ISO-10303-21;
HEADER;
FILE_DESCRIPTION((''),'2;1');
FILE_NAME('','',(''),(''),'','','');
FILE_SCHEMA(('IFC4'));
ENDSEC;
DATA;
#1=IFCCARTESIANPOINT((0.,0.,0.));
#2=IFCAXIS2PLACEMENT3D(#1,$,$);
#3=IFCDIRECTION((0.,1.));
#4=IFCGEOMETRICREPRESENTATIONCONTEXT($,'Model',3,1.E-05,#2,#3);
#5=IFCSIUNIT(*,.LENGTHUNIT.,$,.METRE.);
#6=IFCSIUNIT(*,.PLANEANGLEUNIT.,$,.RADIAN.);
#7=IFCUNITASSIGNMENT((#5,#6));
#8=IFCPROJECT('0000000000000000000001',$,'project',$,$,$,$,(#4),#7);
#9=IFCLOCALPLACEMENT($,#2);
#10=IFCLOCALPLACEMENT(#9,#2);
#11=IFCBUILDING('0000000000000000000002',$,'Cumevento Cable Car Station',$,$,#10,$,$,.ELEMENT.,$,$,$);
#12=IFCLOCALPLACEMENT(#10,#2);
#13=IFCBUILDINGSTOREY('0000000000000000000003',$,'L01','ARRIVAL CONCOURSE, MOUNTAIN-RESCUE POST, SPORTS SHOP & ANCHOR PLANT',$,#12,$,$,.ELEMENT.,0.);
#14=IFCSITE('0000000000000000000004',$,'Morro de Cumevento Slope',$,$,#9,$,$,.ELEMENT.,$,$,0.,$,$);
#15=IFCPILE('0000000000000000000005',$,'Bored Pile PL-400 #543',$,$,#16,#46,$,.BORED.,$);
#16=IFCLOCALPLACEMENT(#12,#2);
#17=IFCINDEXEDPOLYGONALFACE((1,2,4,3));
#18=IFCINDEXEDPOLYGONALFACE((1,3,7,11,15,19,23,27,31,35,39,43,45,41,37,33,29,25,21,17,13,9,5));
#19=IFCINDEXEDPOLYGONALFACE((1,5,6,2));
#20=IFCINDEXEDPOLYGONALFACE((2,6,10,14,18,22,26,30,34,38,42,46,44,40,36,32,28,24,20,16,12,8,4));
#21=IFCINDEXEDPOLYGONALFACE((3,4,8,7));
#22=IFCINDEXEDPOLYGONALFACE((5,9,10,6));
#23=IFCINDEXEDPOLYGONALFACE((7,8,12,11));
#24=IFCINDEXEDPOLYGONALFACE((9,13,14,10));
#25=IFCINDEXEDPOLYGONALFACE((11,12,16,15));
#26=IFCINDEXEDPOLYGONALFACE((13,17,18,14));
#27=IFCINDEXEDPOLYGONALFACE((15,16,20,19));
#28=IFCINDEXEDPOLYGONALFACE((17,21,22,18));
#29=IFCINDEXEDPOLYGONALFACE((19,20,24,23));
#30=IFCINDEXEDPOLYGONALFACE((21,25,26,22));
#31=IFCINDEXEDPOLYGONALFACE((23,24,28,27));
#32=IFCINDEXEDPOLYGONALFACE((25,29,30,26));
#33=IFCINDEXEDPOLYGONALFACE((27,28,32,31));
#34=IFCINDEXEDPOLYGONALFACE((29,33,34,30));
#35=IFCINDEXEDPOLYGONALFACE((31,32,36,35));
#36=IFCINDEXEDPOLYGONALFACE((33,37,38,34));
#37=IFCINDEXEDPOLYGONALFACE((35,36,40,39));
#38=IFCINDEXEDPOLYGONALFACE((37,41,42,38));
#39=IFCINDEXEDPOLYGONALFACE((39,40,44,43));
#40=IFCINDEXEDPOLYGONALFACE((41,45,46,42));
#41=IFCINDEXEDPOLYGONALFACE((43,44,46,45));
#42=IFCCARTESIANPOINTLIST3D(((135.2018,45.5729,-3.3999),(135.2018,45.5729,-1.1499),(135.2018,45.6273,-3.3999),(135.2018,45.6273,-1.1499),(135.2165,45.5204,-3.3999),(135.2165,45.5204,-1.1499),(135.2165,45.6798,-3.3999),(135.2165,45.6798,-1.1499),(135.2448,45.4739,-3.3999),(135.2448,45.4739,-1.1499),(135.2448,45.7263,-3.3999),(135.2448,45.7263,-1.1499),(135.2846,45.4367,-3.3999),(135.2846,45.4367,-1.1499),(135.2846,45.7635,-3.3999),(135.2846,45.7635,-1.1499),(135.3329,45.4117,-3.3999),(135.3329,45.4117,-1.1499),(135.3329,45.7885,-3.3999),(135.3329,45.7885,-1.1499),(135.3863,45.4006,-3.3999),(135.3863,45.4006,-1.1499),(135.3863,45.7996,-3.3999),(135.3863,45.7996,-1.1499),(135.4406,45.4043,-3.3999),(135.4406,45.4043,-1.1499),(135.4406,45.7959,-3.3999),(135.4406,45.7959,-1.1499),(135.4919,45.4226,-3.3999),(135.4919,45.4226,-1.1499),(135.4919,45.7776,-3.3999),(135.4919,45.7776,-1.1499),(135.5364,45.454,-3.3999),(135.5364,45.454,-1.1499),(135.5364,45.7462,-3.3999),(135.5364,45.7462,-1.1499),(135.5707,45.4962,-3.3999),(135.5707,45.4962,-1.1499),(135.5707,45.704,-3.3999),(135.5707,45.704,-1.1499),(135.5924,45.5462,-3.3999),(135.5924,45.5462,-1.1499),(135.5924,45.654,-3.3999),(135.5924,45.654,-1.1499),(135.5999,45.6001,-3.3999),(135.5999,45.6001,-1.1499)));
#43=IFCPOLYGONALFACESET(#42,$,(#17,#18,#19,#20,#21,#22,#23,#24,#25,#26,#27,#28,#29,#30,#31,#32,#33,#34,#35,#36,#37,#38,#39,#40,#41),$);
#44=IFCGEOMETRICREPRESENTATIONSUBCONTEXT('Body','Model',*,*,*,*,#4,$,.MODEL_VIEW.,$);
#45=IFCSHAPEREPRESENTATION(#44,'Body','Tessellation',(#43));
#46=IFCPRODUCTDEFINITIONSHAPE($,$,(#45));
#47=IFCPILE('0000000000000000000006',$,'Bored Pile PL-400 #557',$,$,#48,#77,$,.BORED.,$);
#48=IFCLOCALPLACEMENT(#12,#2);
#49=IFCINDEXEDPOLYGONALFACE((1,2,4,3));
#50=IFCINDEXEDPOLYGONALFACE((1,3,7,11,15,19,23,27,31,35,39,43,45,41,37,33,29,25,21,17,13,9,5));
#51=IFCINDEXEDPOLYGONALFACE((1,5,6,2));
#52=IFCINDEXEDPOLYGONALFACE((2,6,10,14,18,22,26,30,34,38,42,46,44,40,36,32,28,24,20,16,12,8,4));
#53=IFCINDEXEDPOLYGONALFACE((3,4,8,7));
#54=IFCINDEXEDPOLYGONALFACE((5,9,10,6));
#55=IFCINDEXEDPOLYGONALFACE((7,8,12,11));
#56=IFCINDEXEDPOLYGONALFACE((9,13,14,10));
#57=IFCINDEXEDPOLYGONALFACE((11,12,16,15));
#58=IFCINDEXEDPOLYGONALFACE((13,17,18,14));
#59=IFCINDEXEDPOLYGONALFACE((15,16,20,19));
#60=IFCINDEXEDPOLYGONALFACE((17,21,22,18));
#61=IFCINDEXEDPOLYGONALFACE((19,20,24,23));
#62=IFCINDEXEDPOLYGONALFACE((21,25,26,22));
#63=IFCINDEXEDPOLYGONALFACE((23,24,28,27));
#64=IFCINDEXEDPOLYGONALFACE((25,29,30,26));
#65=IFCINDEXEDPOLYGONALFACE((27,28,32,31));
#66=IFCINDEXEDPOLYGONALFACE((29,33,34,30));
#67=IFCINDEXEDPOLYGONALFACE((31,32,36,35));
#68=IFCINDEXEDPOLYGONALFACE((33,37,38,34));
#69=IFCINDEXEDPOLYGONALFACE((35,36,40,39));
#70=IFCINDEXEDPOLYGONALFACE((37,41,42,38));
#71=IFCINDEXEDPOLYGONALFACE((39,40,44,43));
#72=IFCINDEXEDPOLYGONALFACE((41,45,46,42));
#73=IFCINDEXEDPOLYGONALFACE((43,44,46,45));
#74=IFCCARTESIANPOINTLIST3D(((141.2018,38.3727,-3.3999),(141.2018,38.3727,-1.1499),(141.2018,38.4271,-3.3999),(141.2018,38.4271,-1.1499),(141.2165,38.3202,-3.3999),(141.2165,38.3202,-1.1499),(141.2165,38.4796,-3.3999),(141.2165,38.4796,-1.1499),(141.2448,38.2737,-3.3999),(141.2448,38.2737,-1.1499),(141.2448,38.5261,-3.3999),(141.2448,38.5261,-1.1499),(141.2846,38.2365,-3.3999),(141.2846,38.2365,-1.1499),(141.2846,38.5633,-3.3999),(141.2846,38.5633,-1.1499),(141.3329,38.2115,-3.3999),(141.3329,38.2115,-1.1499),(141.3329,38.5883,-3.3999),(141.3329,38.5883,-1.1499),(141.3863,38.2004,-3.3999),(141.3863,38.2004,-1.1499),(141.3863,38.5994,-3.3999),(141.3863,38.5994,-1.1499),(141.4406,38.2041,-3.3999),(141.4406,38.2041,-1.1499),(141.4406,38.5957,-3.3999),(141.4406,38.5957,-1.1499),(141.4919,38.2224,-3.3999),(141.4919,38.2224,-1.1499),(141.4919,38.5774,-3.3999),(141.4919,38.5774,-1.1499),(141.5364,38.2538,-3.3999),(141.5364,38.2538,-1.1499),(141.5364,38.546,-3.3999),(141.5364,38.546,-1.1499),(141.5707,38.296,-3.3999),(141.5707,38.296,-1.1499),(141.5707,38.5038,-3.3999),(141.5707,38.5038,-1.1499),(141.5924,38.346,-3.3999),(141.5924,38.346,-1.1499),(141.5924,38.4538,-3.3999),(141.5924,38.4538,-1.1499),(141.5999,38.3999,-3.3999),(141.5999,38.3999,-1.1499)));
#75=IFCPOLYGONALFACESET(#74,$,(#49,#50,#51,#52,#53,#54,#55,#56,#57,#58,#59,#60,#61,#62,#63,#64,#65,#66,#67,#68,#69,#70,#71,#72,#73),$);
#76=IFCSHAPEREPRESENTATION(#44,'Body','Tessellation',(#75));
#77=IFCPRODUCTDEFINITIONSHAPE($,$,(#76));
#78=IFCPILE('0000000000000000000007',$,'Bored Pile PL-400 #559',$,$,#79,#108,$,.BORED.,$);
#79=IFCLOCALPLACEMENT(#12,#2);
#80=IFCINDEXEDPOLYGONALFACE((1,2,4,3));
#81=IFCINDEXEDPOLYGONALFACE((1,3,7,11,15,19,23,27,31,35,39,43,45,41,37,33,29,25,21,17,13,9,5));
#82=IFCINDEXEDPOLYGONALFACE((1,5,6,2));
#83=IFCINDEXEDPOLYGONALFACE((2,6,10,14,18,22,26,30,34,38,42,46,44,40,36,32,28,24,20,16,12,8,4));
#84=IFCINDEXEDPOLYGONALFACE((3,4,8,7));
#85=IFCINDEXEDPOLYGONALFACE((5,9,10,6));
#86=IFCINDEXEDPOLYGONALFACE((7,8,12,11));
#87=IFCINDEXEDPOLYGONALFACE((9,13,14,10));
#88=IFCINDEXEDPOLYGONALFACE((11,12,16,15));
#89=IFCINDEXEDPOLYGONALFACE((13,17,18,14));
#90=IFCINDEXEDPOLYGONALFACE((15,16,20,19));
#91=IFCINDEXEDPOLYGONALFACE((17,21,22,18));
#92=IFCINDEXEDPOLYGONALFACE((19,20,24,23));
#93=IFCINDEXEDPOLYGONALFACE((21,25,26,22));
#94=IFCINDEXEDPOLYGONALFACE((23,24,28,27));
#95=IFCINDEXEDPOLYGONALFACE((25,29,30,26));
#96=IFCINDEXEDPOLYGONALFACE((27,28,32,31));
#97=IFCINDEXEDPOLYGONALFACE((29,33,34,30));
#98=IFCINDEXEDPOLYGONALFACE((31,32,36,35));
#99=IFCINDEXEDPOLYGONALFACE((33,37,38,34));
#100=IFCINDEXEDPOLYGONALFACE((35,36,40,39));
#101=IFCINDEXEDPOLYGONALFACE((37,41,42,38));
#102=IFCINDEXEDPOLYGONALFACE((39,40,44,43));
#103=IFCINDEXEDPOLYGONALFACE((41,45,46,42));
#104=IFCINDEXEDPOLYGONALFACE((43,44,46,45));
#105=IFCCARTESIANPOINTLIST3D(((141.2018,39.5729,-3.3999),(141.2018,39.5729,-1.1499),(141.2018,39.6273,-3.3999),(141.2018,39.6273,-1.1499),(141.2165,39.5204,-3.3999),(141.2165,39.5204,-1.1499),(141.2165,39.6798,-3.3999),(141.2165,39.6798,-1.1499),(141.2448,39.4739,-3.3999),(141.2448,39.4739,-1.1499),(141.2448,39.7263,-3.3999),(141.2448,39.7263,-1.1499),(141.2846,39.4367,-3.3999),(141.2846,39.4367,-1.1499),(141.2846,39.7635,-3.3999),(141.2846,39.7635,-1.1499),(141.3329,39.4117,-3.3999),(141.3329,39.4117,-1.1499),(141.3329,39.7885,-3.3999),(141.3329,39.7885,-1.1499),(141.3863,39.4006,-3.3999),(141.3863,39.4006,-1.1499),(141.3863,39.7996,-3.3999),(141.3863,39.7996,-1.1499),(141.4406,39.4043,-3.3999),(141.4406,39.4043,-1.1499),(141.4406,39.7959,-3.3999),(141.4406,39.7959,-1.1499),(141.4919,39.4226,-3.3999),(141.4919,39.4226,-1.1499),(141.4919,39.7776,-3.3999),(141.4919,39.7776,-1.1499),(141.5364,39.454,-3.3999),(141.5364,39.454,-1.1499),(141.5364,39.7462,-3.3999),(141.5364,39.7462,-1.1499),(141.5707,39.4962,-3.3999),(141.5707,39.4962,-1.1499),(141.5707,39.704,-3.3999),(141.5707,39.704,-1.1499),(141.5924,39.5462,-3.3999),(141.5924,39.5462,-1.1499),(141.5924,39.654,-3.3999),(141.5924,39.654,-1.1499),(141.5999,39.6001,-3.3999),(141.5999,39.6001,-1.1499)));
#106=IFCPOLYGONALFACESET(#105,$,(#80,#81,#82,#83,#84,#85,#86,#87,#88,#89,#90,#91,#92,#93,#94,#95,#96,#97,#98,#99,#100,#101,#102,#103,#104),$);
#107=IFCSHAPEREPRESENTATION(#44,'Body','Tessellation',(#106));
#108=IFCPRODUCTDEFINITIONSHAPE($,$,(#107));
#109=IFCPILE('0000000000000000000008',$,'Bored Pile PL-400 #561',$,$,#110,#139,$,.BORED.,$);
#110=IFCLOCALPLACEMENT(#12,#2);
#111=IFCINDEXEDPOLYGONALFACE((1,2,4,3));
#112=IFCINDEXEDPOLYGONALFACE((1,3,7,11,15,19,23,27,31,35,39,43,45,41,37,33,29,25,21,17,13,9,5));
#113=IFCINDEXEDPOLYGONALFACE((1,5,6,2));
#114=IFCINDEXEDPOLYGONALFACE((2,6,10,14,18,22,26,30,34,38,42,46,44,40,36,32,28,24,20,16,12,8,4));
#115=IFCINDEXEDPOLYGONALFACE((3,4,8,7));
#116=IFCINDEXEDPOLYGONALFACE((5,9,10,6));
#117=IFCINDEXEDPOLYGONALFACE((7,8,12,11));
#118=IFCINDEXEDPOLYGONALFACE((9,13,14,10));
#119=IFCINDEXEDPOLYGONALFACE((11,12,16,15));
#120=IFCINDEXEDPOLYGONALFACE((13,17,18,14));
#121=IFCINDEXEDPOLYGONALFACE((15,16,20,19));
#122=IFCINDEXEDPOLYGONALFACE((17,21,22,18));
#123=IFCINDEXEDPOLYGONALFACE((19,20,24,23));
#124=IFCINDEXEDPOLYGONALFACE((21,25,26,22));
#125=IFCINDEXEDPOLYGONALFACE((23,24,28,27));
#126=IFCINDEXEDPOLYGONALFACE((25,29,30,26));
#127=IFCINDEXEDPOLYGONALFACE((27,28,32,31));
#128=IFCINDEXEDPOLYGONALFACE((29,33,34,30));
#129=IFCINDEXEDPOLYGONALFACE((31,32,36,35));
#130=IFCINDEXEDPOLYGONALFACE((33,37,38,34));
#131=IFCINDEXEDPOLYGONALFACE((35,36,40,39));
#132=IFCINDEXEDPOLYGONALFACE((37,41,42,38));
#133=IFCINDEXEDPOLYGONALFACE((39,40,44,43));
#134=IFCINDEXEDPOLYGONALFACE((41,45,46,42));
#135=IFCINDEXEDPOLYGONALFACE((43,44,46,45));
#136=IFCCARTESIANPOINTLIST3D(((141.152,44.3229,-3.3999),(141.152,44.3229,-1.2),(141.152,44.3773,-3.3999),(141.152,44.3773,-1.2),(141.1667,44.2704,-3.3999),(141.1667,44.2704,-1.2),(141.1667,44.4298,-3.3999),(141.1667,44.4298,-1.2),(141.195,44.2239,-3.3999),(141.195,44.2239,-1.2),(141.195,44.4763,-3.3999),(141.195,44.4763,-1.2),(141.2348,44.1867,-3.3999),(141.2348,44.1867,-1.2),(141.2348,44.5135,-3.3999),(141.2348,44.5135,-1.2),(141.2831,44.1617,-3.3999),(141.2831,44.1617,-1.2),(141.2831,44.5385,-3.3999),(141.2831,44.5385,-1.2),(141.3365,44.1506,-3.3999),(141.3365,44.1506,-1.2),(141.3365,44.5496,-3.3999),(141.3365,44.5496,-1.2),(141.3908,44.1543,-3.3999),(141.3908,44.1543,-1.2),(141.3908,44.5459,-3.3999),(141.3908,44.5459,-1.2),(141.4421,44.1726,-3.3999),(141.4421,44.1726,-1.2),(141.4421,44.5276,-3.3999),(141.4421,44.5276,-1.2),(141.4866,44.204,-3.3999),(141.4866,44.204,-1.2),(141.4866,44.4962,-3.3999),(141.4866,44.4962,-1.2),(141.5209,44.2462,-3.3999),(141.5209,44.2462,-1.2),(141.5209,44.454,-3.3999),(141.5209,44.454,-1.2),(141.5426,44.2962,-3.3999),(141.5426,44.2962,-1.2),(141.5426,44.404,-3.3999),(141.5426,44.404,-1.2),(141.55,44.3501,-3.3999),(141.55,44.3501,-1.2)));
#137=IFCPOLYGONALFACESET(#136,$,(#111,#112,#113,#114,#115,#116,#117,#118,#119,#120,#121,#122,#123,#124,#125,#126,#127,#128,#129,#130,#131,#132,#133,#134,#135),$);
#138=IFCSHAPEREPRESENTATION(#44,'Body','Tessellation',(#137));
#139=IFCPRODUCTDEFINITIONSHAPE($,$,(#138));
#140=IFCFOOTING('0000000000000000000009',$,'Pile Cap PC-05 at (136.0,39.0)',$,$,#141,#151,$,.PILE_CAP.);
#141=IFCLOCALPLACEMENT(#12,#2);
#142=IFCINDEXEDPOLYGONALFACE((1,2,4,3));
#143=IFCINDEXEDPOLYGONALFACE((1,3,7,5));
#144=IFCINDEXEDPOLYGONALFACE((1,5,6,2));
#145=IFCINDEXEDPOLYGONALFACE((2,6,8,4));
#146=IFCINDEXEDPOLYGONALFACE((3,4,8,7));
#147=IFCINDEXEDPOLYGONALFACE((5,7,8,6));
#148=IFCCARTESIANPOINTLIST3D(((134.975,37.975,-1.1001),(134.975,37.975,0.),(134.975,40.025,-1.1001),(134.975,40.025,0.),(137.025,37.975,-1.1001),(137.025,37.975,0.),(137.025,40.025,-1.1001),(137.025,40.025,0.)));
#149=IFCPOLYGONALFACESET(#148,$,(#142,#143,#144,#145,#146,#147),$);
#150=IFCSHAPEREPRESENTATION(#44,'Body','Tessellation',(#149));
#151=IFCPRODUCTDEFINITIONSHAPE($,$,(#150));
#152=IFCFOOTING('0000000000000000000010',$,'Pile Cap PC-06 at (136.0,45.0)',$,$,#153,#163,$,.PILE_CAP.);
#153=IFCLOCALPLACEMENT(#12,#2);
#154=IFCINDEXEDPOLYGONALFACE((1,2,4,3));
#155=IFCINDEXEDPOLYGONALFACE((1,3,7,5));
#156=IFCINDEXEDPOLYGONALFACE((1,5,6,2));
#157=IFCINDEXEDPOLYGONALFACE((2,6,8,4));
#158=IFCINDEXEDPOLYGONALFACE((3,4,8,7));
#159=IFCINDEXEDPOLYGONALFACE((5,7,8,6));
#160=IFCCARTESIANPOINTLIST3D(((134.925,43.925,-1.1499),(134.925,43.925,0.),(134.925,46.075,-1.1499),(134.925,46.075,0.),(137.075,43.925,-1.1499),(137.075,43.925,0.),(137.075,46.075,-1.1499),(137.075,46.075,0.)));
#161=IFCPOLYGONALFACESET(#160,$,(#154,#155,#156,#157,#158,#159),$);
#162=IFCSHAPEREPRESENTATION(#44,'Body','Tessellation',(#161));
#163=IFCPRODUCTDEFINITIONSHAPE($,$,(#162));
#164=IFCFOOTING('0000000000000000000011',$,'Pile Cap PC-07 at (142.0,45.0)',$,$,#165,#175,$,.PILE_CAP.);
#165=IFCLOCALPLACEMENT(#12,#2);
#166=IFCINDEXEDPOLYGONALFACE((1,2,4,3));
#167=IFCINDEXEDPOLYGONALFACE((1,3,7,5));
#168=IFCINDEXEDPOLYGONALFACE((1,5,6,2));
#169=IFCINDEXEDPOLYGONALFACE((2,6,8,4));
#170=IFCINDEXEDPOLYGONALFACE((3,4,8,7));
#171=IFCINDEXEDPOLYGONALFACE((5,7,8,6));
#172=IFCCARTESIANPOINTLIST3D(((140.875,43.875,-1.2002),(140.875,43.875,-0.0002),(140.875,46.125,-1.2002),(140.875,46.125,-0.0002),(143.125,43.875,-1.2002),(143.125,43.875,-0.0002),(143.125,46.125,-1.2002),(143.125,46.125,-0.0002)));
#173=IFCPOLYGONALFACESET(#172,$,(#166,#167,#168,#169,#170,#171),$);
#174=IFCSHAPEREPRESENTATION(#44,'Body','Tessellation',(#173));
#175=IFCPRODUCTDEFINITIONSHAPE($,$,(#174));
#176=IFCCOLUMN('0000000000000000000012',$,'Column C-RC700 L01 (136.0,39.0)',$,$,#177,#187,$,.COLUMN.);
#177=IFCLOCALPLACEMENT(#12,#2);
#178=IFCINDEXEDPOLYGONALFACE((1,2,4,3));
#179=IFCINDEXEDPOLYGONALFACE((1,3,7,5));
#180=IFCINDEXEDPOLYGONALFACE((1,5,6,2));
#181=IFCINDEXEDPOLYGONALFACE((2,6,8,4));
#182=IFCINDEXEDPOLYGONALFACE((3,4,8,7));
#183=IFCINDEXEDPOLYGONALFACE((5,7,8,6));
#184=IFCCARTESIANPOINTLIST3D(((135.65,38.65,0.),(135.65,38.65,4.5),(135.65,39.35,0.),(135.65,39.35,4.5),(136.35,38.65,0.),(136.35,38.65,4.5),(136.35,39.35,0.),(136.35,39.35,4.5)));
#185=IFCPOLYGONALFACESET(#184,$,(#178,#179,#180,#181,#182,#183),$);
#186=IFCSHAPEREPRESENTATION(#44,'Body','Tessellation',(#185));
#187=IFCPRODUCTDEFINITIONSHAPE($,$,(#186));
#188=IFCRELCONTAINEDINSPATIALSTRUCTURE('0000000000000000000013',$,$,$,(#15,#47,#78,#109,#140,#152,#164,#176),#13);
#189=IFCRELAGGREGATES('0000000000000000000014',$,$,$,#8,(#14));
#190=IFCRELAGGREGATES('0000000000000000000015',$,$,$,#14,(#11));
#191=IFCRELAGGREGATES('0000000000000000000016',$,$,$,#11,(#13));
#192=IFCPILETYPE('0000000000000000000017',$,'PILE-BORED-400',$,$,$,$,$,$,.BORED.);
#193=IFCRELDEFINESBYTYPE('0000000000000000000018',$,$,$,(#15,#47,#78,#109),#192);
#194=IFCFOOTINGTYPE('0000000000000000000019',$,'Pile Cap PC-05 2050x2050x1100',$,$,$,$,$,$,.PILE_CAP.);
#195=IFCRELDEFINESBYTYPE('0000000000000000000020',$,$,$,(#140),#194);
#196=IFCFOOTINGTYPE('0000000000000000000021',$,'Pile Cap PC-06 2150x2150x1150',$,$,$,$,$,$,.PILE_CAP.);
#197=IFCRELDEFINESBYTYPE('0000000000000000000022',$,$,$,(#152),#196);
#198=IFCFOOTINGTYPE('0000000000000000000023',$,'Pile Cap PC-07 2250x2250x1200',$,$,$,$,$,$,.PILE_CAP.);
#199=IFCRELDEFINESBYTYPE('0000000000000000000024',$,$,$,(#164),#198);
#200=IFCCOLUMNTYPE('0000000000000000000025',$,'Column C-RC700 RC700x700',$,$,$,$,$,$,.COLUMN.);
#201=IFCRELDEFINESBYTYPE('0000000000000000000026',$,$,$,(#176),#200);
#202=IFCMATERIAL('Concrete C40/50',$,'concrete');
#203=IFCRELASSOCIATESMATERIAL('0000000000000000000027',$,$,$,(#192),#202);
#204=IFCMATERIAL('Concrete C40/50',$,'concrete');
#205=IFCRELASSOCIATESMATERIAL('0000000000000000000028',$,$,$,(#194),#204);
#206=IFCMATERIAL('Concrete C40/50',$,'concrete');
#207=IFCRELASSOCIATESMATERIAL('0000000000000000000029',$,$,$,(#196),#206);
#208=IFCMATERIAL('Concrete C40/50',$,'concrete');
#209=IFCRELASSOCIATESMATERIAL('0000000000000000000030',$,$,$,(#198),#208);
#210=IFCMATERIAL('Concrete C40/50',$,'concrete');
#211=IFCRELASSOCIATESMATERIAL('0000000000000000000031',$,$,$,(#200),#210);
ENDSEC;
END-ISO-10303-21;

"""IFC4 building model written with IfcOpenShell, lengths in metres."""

from ifc_helpers import new_model, si_unit, direction, frame, origin, origin_2d, place, context, subcontext, project, spatial, rectangle, circle, extrude, material, material_profile, profile_set, type_object, element, save


model = new_model("IFC4")

# Units and contexts
model_context = context("Model", 3, precision=1e-05, world=origin(), true_north=direction((0.0, 1.0)))
body_context = subcontext(model_context, "Body", "Model", "MODEL_VIEW")
ifc_project = project(units=[si_unit("LENGTHUNIT", "METRE"), si_unit("PLANEANGLEUNIT", "RADIAN")], contexts=[model_context])

# Site, building, storey
site_placement = place(None, origin())
site = spatial("IfcSite", under=ifc_project, at=site_placement, Name="Morro de Cumevento Slope", CompositionType="ELEMENT", RefElevation=0.0)
building_placement = place(site_placement, origin())
building = spatial("IfcBuilding", under=site, at=building_placement, Name="Cumevento Cable Car Station", CompositionType="ELEMENT")
storey_placement = place(building_placement, origin())
storey = spatial("IfcBuildingStorey", under=building, at=storey_placement, Name="L01", Description="ARRIVAL CONCOURSE, MOUNTAIN-RESCUE POST, SPORTS SHOP & ANCHOR PLANT", CompositionType="ELEMENT", Elevation=0.0)

# Piles
ifc_material_1 = material(Name="Concrete C40/50", Category="concrete")
ifc_material_profile_1 = material_profile(ifc_material_1, circle(Radius=0.2, at=origin_2d()), Name="PILE-D400")
ifc_profile_set_1 = profile_set([ifc_material_profile_1], Name="Concrete C40/50")
pile_type = type_object("IfcPileType", Name="PILE-BORED-400", PredefinedType="BORED", material=ifc_profile_set_1)
for number, where, z_axis, x_axis, name in (
    (1, (135.3999, 45.6001, -1.1499), (0.0, 0.0, -1.0), (1.0, 0.0, 0.0), "Bored Pile PL-400 #543"),
    (2, (141.3999, 38.3999, -1.1499), (0.0, 0.0, -1.0), (1.0, 0.0, 0.0), "Bored Pile PL-400 #557"),
    (3, (141.3999, 39.6001, -1.1499), (0.0, 0.0, -1.0), (1.0, 0.0, 0.0), "Bored Pile PL-400 #559"),
):
    element("IfcPile", number, at=place(storey_placement, frame(where, z_axis=z_axis, x_axis=x_axis)), inside=storey, type_object=pile_type, Name=name, PredefinedType="BORED", context=body_context, shape_type="SweptSolid", body=[
        extrude(circle(Radius=0.2, at=origin_2d()), origin(), (0.0, 0.0, 1.0), 2.25),
    ])
pile_placement = place(storey_placement, frame((141.3501, 44.3501, -1.2), z_axis=(0.0, 0.0, -1.0), x_axis=(1.0, 0.0, 0.0)))
element("IfcPile", 4, at=pile_placement, inside=storey, type_object=pile_type, Name="Bored Pile PL-400 #561", PredefinedType="BORED", context=body_context, shape_type="SweptSolid", body=[
    extrude(circle(Radius=0.2, at=origin_2d()), origin(), (0.0, 0.0, 1.0), 2.2),
])

# Footings
ifc_material_2 = material(Name="Concrete C40/50", Category="concrete")
footing_type_1 = type_object("IfcFootingType", Name="Pile Cap PC-05 2050x2050x1100", PredefinedType="PILE_CAP", material=ifc_material_2)
footing_1_placement = place(storey_placement, frame((136.0, 39.0, -1.1001), z_axis=(0.0, 0.0, 1.0), x_axis=(1.0, 0.0, 0.0)))
element("IfcFooting", 5, at=footing_1_placement, inside=storey, type_object=footing_type_1, Name="Pile Cap PC-05 at (136.0,39.0)", PredefinedType="PILE_CAP", context=body_context, shape_type="SweptSolid", body=[
    extrude(rectangle(XDim=2.05, YDim=2.05, at=origin_2d()), origin(), (0.0, 0.0, 1.0), 1.1001),
])
ifc_material_3 = material(Name="Concrete C40/50", Category="concrete")
footing_type_2 = type_object("IfcFootingType", Name="Pile Cap PC-06 2150x2150x1150", PredefinedType="PILE_CAP", material=ifc_material_3)
footing_2_placement = place(storey_placement, frame((136.0, 45.0, -1.1499), z_axis=(0.0, 0.0, 1.0), x_axis=(1.0, 0.0, 0.0)))
element("IfcFooting", 6, at=footing_2_placement, inside=storey, type_object=footing_type_2, Name="Pile Cap PC-06 at (136.0,45.0)", PredefinedType="PILE_CAP", context=body_context, shape_type="SweptSolid", body=[
    extrude(rectangle(XDim=2.1499, YDim=2.1499, at=origin_2d()), origin(), (0.0, 0.0, 1.0), 1.1499),
])
ifc_material_4 = material(Name="Concrete C40/50", Category="concrete")
footing_type_3 = type_object("IfcFootingType", Name="Pile Cap PC-07 2250x2250x1200", PredefinedType="PILE_CAP", material=ifc_material_4)
footing_3_placement = place(storey_placement, frame((142.0, 45.0, -1.2002), z_axis=(0.0, 0.0, 1.0), x_axis=(1.0, 0.0, 0.0)))
element("IfcFooting", 7, at=footing_3_placement, inside=storey, type_object=footing_type_3, Name="Pile Cap PC-07 at (142.0,45.0)", PredefinedType="PILE_CAP", context=body_context, shape_type="SweptSolid", body=[
    extrude(rectangle(XDim=2.25, YDim=2.25, at=origin_2d()), origin(), (0.0, 0.0, 1.0), 1.2),
])

# Column
ifc_material_5 = material(Name="Concrete C40/50", Category="concrete")
ifc_material_profile_2 = material_profile(ifc_material_5, rectangle(XDim=0.7, YDim=0.7, at=origin_2d()), Name="RC700x700")
ifc_profile_set_2 = profile_set([ifc_material_profile_2], Name="Concrete C40/50")
column_type_1 = type_object("IfcColumnType", Name="Column C-RC700 RC700x700", PredefinedType="COLUMN", material=ifc_profile_set_2)
column_1_placement = place(storey_placement, frame((136.0, 39.0, 0.0), z_axis=(0.0, 0.0, 1.0), x_axis=(1.0, 0.0, 0.0)))
element("IfcColumn", 8, at=column_1_placement, inside=storey, type_object=column_type_1, Name="Column C-RC700 L01 (136.0,39.0)", PredefinedType="COLUMN", context=body_context, shape_type="SweptSolid", body=[
    extrude(rectangle(XDim=0.7, YDim=0.7, at=origin_2d()), origin(), (0.0, 0.0, 1.0), 4.5),
])

save(model, "model.ifc")
